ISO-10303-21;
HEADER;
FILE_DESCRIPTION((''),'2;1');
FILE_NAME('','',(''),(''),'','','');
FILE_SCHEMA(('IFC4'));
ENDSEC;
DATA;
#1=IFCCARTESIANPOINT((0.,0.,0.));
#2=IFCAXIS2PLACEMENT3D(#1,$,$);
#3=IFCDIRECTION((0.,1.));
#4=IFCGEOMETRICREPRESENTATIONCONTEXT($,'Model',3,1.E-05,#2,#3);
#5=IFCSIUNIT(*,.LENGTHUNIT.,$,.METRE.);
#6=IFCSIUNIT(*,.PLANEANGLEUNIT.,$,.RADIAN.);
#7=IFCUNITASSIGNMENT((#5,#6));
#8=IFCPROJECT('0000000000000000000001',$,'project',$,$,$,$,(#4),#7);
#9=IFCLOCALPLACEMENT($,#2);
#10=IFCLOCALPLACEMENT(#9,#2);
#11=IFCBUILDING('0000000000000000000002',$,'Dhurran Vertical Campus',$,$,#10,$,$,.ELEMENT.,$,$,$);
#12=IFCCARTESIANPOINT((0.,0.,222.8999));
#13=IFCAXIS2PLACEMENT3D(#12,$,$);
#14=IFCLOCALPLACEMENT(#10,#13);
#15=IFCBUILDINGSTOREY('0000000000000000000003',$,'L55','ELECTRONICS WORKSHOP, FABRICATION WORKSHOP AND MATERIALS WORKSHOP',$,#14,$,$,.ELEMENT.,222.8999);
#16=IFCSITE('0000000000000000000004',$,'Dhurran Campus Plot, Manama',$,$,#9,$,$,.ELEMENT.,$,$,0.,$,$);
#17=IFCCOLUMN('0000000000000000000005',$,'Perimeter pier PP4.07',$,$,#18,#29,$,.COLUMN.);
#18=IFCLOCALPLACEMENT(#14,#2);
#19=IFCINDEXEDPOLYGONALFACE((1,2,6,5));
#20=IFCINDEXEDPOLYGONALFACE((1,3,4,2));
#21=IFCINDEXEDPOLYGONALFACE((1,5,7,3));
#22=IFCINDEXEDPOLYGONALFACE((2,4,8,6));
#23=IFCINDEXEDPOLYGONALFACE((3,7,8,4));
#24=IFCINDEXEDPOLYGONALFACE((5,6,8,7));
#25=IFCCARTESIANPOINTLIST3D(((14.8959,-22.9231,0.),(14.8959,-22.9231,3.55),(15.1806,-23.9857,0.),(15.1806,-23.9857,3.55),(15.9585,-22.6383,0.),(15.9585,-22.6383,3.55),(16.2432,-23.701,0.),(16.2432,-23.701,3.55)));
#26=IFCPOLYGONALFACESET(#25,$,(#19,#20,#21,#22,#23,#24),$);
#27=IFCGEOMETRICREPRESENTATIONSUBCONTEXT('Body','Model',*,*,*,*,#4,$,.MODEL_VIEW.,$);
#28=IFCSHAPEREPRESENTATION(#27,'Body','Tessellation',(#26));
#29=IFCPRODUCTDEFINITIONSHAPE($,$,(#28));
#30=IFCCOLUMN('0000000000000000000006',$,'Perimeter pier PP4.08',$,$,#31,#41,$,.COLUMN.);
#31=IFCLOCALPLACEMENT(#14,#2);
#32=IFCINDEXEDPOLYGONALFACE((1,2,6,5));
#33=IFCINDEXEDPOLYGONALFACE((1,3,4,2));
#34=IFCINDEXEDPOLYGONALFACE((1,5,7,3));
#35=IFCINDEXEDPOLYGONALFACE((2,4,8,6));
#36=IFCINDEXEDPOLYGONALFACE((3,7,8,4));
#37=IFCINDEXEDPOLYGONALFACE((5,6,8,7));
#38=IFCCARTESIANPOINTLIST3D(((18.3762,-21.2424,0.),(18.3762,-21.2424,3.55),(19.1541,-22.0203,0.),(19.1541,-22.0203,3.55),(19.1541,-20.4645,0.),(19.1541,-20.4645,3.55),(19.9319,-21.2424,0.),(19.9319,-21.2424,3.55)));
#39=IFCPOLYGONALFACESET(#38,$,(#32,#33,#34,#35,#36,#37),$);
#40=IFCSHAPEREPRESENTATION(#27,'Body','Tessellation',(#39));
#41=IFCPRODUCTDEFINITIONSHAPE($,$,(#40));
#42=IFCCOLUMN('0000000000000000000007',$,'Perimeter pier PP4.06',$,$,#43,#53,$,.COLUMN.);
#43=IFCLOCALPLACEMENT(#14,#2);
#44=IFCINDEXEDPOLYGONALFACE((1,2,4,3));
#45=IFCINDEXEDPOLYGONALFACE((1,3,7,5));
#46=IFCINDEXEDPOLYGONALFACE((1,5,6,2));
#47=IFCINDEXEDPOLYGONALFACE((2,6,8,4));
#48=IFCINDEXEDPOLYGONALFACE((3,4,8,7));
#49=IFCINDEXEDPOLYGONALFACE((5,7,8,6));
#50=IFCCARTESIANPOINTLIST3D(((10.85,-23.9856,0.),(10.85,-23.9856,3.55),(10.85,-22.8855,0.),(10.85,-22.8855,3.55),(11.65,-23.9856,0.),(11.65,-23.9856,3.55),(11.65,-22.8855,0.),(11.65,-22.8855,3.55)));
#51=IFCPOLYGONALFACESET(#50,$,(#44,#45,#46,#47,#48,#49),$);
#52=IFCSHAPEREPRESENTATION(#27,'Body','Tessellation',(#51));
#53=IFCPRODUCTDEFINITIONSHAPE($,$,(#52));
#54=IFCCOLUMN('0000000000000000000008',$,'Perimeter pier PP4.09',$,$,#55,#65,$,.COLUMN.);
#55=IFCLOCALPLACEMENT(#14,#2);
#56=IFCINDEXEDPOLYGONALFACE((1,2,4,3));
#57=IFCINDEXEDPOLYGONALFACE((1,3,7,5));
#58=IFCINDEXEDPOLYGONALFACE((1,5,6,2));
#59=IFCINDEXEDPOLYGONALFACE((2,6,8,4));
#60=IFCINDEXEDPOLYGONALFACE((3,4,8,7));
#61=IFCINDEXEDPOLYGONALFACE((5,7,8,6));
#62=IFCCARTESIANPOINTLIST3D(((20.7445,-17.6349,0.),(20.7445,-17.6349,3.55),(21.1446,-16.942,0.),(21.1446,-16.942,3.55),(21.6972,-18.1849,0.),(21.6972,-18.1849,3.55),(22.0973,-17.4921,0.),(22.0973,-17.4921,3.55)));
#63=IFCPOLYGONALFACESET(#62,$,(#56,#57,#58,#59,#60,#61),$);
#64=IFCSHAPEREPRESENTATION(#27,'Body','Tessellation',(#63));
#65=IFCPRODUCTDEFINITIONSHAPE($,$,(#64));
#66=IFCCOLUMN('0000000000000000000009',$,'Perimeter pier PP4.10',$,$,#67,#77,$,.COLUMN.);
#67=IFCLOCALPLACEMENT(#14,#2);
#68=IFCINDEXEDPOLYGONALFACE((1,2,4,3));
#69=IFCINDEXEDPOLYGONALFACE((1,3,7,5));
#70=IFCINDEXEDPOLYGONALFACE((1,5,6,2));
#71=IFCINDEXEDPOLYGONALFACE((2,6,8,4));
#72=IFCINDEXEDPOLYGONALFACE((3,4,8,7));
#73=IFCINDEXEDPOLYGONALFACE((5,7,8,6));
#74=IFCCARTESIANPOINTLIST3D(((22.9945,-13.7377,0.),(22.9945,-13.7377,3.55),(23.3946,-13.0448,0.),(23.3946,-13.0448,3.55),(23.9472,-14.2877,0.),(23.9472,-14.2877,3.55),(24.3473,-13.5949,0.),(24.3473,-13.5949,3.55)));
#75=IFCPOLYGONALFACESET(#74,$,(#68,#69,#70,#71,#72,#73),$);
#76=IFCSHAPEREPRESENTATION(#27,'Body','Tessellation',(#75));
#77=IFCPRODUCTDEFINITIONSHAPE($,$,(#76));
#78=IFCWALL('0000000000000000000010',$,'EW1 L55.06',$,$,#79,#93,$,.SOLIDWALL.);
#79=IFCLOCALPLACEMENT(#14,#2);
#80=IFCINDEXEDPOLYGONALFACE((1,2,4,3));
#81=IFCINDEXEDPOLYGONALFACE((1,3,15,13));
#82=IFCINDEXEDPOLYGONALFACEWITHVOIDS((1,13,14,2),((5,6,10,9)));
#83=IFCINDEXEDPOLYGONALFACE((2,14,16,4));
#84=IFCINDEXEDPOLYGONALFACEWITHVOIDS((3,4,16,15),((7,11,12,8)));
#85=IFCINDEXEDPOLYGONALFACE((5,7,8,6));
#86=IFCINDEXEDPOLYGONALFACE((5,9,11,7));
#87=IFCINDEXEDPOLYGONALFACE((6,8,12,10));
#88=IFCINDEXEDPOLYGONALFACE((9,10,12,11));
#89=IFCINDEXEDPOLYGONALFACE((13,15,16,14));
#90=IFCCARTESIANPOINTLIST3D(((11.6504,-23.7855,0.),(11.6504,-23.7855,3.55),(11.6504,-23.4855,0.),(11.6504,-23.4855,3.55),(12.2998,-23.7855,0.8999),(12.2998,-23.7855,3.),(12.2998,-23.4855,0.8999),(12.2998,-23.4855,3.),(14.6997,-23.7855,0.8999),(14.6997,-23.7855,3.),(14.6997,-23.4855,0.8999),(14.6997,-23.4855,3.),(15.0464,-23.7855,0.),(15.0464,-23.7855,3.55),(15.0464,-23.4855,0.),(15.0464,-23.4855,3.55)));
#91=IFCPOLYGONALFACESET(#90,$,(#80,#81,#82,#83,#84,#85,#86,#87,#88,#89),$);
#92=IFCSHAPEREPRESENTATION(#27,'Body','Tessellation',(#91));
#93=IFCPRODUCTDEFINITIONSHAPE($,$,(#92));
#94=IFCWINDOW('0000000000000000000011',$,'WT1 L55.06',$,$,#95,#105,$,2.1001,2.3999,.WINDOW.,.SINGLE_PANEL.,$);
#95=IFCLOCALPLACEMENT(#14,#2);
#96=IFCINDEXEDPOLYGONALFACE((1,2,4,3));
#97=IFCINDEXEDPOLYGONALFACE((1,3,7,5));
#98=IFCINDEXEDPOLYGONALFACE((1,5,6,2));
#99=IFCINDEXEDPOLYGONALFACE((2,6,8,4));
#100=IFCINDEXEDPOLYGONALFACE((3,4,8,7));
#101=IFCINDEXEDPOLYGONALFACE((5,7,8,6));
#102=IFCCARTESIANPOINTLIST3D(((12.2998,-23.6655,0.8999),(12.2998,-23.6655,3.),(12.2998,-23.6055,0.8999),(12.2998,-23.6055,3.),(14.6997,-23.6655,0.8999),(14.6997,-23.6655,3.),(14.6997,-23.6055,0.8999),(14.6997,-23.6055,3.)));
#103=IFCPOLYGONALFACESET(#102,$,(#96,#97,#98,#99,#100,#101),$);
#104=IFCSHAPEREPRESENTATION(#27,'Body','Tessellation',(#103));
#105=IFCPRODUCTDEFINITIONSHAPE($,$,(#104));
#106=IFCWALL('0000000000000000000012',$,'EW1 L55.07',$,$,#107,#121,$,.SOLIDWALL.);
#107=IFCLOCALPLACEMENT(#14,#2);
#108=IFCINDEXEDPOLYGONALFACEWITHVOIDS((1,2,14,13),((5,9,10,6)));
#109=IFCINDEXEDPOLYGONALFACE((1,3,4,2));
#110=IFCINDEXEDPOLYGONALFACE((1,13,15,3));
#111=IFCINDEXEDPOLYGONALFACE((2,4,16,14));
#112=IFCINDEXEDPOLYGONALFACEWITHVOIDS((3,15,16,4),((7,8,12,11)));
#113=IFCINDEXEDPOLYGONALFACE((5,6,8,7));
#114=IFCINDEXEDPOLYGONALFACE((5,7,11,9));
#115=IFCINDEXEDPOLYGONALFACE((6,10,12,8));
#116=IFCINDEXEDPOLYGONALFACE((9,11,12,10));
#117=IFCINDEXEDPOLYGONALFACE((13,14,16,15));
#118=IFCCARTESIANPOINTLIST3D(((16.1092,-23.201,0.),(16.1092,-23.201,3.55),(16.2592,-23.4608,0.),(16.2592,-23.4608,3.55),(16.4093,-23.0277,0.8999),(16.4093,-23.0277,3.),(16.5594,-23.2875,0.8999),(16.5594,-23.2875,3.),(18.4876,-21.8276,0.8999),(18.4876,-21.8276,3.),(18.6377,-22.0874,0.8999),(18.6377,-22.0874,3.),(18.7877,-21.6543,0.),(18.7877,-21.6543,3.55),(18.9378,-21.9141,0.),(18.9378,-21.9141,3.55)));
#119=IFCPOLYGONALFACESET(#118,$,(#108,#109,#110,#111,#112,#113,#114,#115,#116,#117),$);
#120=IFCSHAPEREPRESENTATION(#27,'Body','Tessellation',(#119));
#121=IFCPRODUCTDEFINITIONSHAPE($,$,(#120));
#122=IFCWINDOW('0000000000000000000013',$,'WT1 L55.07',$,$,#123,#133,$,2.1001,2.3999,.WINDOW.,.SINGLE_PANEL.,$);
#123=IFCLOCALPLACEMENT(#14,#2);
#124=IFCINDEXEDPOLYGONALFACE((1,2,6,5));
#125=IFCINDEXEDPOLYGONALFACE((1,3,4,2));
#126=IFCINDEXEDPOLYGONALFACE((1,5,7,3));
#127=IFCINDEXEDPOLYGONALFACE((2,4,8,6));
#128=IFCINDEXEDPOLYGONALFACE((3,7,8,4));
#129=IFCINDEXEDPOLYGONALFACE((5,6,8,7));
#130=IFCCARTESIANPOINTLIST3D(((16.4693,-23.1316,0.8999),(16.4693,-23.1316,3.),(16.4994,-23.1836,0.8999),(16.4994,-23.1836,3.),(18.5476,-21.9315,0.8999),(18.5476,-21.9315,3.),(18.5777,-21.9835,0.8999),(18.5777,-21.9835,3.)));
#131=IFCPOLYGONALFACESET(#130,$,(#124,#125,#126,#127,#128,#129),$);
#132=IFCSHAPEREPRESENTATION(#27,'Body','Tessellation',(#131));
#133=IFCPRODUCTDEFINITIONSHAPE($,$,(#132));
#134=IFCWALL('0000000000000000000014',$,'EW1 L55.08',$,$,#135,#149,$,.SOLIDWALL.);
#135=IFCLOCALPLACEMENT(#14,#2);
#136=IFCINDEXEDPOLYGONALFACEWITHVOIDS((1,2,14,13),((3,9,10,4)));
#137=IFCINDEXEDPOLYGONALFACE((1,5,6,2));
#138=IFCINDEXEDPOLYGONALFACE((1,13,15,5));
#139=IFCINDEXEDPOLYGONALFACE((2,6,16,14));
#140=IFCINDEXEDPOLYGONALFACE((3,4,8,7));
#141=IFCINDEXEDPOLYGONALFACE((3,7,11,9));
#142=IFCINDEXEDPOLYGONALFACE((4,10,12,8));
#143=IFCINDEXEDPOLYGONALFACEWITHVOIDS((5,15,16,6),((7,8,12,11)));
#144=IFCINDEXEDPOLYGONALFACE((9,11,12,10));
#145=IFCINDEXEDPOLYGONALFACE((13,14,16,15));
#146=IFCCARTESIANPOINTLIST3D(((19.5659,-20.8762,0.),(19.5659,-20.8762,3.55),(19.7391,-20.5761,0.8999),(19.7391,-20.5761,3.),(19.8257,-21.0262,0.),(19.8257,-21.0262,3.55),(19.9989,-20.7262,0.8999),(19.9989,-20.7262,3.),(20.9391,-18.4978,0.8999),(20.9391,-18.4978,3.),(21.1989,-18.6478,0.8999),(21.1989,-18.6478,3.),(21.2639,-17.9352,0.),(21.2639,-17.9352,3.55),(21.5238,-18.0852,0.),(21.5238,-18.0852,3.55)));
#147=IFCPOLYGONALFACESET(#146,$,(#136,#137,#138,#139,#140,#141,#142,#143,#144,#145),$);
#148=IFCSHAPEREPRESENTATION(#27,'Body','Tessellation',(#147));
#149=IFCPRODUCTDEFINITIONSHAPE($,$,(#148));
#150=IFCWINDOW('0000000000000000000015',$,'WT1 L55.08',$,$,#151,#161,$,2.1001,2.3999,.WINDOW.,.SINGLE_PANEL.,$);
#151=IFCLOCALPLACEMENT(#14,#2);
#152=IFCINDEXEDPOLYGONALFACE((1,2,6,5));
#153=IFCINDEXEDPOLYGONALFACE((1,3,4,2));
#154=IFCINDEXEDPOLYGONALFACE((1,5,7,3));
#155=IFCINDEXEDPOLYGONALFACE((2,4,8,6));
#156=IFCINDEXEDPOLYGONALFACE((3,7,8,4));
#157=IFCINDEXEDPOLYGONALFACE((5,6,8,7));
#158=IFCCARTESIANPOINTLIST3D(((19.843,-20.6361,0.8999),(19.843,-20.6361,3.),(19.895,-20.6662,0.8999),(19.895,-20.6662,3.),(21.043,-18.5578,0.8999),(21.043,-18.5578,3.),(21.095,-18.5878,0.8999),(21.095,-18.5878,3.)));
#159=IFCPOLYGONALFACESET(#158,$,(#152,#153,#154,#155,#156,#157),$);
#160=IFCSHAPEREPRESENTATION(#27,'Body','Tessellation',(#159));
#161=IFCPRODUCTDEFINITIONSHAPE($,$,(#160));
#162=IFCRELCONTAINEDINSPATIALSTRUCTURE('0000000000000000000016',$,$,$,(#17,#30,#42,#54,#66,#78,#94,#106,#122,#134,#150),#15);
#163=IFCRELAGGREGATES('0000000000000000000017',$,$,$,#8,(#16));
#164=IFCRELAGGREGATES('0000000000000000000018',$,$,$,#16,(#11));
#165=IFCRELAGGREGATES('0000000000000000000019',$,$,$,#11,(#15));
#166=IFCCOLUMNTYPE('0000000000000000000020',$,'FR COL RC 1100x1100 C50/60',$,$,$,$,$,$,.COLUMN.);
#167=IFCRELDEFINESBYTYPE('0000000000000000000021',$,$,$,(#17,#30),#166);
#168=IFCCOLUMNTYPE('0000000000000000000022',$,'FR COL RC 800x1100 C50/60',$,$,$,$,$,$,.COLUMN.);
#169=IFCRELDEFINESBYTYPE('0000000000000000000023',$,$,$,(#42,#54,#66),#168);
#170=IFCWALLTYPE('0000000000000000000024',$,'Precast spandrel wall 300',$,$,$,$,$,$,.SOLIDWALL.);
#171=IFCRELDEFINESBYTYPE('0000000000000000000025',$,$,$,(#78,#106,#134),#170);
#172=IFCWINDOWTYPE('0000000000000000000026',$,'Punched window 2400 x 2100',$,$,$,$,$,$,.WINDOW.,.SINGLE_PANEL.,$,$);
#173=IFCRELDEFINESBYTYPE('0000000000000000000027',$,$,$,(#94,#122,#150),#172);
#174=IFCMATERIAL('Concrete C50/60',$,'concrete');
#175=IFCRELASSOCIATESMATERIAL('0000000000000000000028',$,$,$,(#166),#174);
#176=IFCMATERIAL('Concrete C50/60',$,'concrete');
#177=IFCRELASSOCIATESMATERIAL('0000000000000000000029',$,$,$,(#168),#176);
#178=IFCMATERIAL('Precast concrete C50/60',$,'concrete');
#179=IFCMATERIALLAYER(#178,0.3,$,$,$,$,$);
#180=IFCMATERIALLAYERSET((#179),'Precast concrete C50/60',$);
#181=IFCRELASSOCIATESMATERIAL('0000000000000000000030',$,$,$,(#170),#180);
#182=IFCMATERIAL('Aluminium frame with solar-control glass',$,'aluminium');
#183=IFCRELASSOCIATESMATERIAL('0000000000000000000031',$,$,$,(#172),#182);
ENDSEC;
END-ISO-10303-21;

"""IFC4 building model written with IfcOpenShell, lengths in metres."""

from ifc_helpers import new_model, si_unit, direction, frame, frame_2d, origin, origin_2d, place, context, subcontext, project, spatial, rectangle, extrude, material, layer, layer_set, material_profile, profile_set, type_object, element, fill, save


model = new_model("IFC4")

# Units and contexts
model_context = context("Model", 3, precision=1e-05, world=origin(), true_north=direction((0.0, 1.0)))
body_context = subcontext(model_context, "Body", "Model", "MODEL_VIEW")
ifc_project = project(units=[si_unit("LENGTHUNIT", "METRE"), si_unit("PLANEANGLEUNIT", "RADIAN")], contexts=[model_context])

# Site, building, storey
site_placement = place(None, origin())
site = spatial("IfcSite", under=ifc_project, at=site_placement, Name="Dhurran Campus Plot, Manama", CompositionType="ELEMENT", RefElevation=0.0)
building_placement = place(site_placement, origin())
building = spatial("IfcBuilding", under=site, at=building_placement, Name="Dhurran Vertical Campus", CompositionType="ELEMENT")
storey_placement = place(building_placement, frame((0.0, 0.0, 222.8999)))
storey = spatial("IfcBuildingStorey", under=building, at=storey_placement, Name="L55", Description="ELECTRONICS WORKSHOP, FABRICATION WORKSHOP AND MATERIALS WORKSHOP", CompositionType="ELEMENT", Elevation=222.8999)

# Columns
ifc_material_1 = material(Name="Concrete C50/60", Category="concrete")
ifc_material_profile_1 = material_profile(ifc_material_1, rectangle(XDim=1.1001, YDim=1.1001, at=origin_2d()), Name="RC 1100x1100")
ifc_profile_set_1 = profile_set([ifc_material_profile_1], Name="Concrete C50/60")
column_type_1 = type_object("IfcColumnType", Name="FR COL RC 1100x1100 C50/60", PredefinedType="COLUMN", material=ifc_profile_set_1)
for number, where, z_axis, x_axis, name in (
    (1, (15.5696, -23.312, 0.0), (0.0, 0.0, 1.0), (0.965926, 0.258819, 0.0), "Perimeter pier PP4.07"),
    (2, (19.1541, -21.2424, 0.0), (0.0, 0.0, 1.0), (0.707107, 0.707107, 0.0), "Perimeter pier PP4.08"),
):
    element("IfcColumn", number, at=place(storey_placement, frame(where, z_axis=z_axis, x_axis=x_axis)), inside=storey, type_object=column_type_1, Name=name, PredefinedType="COLUMN", context=body_context, shape_type="SweptSolid", body=[
        extrude(rectangle(XDim=1.1001, YDim=1.1001, at=origin_2d()), origin(), (0.0, 0.0, 1.0), 3.55),
    ])
ifc_material_2 = material(Name="Concrete C50/60", Category="concrete")
ifc_material_profile_2 = material_profile(ifc_material_2, rectangle(XDim=0.8, YDim=1.1001, at=origin_2d()), Name="RC 800x1100")
ifc_profile_set_2 = profile_set([ifc_material_profile_2], Name="Concrete C50/60")
column_type_2 = type_object("IfcColumnType", Name="FR COL RC 800x1100 C50/60", PredefinedType="COLUMN", material=ifc_profile_set_2)
for number, where, z_axis, x_axis, name in (
    (3, (11.25, -23.4355, 0.0), (0.0, 0.0, 1.0), (1.0, 0.0, 0.0), "Perimeter pier PP4.06"),
    (4, (21.4209, -17.5635, 0.0), (0.0, 0.0, 1.0), (0.5, 0.866025, 0.0), "Perimeter pier PP4.09"),
    (5, (23.6709, -13.6663, 0.0), (0.0, 0.0, 1.0), (0.5, 0.866025, 0.0), "Perimeter pier PP4.10"),
):
    element("IfcColumn", number, at=place(storey_placement, frame(where, z_axis=z_axis, x_axis=x_axis)), inside=storey, type_object=column_type_2, Name=name, PredefinedType="COLUMN", context=body_context, shape_type="SweptSolid", body=[
        extrude(rectangle(XDim=0.8, YDim=1.1001, at=origin_2d()), origin(), (0.0, 0.0, 1.0), 3.55),
    ])

# Walls, openings, windows
ifc_material_3 = material(Name="Precast concrete C50/60", Category="concrete")
ifc_layer_1 = layer(ifc_material_3, 0.3)
ifc_layer_set_1 = layer_set([ifc_layer_1], Name="Precast concrete C50/60")
wall_type_1 = type_object("IfcWallType", Name="Precast spandrel wall 300", PredefinedType="SOLIDWALL", material=ifc_layer_set_1)
wall_1_placement = place(storey_placement, frame((11.6504, -23.6355, 0.0), z_axis=(0.0, 0.0, 1.0), x_axis=(1.0, 0.0, 0.0)))
wall_1 = element("IfcWall", 6, at=wall_1_placement, inside=storey, type_object=wall_type_1, Name="EW1 L55.06", PredefinedType="SOLIDWALL", context=body_context, shape_type="SweptSolid", body=[
    extrude(rectangle(XDim=3.396, YDim=0.3, at=frame_2d((1.698, 0.0))), origin(), (0.0, 0.0, 1.0), 3.55),
])
opening_1_placement = place(wall_1_placement, frame((0.6494, 0.0, 0.8999)))
opening_1 = element("IfcOpeningElement", 7, at=opening_1_placement, cuts=wall_1, PredefinedType="OPENING", context=body_context, shape_type="SweptSolid", body=[
    extrude(rectangle(XDim=2.3999, YDim=2.1001, at=frame_2d((1.2, 1.05))), frame((0.0, 0.1599, 0.0), z_axis=(0.0, -1.0, 0.0), x_axis=(1.0, 0.0, 0.0)), (0.0, 0.0, 1.0), 0.3201),
])
ifc_material_4 = material(Name="Aluminium frame with solar-control glass", Category="aluminium")
window_type = type_object("IfcWindowType", Name="Punched window 2400 x 2100", PartitioningType="SINGLE_PANEL", PredefinedType="WINDOW", material=ifc_material_4)
window_1_placement = place(opening_1_placement, origin())
window_1 = element("IfcWindow", 8, at=window_1_placement, inside=storey, type_object=window_type, Name="WT1 L55.06", OverallHeight=2.1001, OverallWidth=2.3999, PartitioningType="SINGLE_PANEL", PredefinedType="WINDOW", context=body_context, shape_type="SweptSolid", body=[
    extrude(rectangle(XDim=2.3999, YDim=2.1001, at=frame_2d((1.2, 1.05))), frame((0.0, 0.03, 0.0), z_axis=(0.0, -1.0, 0.0), x_axis=(1.0, 0.0, 0.0)), (0.0, 0.0, 1.0), 0.0601),
])
fill(opening_1, window_1)
wall_2_placement = place(storey_placement, frame((16.1843, -23.3308, 0.0), z_axis=(0.0, 0.0, 1.0), x_axis=(0.865995, 0.500053, 0.0)))
wall_2 = element("IfcWall", 9, at=wall_2_placement, inside=storey, type_object=wall_type_1, Name="EW1 L55.07", PredefinedType="SOLIDWALL", context=body_context, shape_type="SweptSolid", body=[
    extrude(rectangle(XDim=3.093, YDim=0.3, at=frame_2d((1.5464, 0.0))), origin(), (0.0, 0.0, 1.0), 3.55),
])
opening_2_placement = place(wall_2_placement, frame((0.3464, 0.0, 0.8999)))
opening_2 = element("IfcOpeningElement", 10, at=opening_2_placement, cuts=wall_2, PredefinedType="OPENING", context=body_context, shape_type="SweptSolid", body=[
    extrude(rectangle(XDim=2.3999, YDim=2.1001, at=frame_2d((1.2, 1.05))), frame((0.0, 0.1599, 0.0), z_axis=(0.0, -1.0, 0.0), x_axis=(1.0, 0.0, 0.0)), (0.0, 0.0, 1.0), 0.3201),
])
window_2_placement = place(opening_2_placement, origin())
window_2 = element("IfcWindow", 11, at=window_2_placement, inside=storey, type_object=window_type, Name="WT1 L55.07", OverallHeight=2.1001, OverallWidth=2.3999, PartitioningType="SINGLE_PANEL", PredefinedType="WINDOW", context=body_context, shape_type="SweptSolid", body=[
    extrude(rectangle(XDim=2.3999, YDim=2.1001, at=frame_2d((1.2, 1.05))), frame((0.0, 0.03, 0.0), z_axis=(0.0, -1.0, 0.0), x_axis=(1.0, 0.0, 0.0)), (0.0, 0.0, 1.0), 0.0601),
])
fill(opening_2, window_2)
wall_3_placement = place(storey_placement, frame((19.6958, -20.9512, 0.0), z_axis=(0.0, 0.0, 1.0), x_axis=(0.500013, 0.866018, 0.0)))
wall_3 = element("IfcWall", 12, at=wall_3_placement, inside=storey, type_object=wall_type_1, Name="EW1 L55.08", PredefinedType="SOLIDWALL", context=body_context, shape_type="SweptSolid", body=[
    extrude(rectangle(XDim=3.396, YDim=0.3, at=frame_2d((1.698, 0.0))), origin(), (0.0, 0.0, 1.0), 3.55),
])
opening_3_placement = place(wall_3_placement, frame((0.3464, 0.0, 0.8999)))
opening_3 = element("IfcOpeningElement", 13, at=opening_3_placement, cuts=wall_3, PredefinedType="OPENING", context=body_context, shape_type="SweptSolid", body=[
    extrude(rectangle(XDim=2.3999, YDim=2.1001, at=frame_2d((1.2, 1.05))), frame((0.0, 0.1599, 0.0), z_axis=(0.0, -1.0, 0.0), x_axis=(1.0, 0.0, 0.0)), (0.0, 0.0, 1.0), 0.3201),
])
window_3_placement = place(opening_3_placement, origin())
window_3 = element("IfcWindow", 14, at=window_3_placement, inside=storey, type_object=window_type, Name="WT1 L55.08", OverallHeight=2.1001, OverallWidth=2.3999, PartitioningType="SINGLE_PANEL", PredefinedType="WINDOW", context=body_context, shape_type="SweptSolid", body=[
    extrude(rectangle(XDim=2.3999, YDim=2.1001, at=frame_2d((1.2, 1.05))), frame((0.0, 0.03, 0.0), z_axis=(0.0, -1.0, 0.0), x_axis=(1.0, 0.0, 0.0)), (0.0, 0.0, 1.0), 0.0601),
])
fill(opening_3, window_3)

save(model, "model.ifc")
